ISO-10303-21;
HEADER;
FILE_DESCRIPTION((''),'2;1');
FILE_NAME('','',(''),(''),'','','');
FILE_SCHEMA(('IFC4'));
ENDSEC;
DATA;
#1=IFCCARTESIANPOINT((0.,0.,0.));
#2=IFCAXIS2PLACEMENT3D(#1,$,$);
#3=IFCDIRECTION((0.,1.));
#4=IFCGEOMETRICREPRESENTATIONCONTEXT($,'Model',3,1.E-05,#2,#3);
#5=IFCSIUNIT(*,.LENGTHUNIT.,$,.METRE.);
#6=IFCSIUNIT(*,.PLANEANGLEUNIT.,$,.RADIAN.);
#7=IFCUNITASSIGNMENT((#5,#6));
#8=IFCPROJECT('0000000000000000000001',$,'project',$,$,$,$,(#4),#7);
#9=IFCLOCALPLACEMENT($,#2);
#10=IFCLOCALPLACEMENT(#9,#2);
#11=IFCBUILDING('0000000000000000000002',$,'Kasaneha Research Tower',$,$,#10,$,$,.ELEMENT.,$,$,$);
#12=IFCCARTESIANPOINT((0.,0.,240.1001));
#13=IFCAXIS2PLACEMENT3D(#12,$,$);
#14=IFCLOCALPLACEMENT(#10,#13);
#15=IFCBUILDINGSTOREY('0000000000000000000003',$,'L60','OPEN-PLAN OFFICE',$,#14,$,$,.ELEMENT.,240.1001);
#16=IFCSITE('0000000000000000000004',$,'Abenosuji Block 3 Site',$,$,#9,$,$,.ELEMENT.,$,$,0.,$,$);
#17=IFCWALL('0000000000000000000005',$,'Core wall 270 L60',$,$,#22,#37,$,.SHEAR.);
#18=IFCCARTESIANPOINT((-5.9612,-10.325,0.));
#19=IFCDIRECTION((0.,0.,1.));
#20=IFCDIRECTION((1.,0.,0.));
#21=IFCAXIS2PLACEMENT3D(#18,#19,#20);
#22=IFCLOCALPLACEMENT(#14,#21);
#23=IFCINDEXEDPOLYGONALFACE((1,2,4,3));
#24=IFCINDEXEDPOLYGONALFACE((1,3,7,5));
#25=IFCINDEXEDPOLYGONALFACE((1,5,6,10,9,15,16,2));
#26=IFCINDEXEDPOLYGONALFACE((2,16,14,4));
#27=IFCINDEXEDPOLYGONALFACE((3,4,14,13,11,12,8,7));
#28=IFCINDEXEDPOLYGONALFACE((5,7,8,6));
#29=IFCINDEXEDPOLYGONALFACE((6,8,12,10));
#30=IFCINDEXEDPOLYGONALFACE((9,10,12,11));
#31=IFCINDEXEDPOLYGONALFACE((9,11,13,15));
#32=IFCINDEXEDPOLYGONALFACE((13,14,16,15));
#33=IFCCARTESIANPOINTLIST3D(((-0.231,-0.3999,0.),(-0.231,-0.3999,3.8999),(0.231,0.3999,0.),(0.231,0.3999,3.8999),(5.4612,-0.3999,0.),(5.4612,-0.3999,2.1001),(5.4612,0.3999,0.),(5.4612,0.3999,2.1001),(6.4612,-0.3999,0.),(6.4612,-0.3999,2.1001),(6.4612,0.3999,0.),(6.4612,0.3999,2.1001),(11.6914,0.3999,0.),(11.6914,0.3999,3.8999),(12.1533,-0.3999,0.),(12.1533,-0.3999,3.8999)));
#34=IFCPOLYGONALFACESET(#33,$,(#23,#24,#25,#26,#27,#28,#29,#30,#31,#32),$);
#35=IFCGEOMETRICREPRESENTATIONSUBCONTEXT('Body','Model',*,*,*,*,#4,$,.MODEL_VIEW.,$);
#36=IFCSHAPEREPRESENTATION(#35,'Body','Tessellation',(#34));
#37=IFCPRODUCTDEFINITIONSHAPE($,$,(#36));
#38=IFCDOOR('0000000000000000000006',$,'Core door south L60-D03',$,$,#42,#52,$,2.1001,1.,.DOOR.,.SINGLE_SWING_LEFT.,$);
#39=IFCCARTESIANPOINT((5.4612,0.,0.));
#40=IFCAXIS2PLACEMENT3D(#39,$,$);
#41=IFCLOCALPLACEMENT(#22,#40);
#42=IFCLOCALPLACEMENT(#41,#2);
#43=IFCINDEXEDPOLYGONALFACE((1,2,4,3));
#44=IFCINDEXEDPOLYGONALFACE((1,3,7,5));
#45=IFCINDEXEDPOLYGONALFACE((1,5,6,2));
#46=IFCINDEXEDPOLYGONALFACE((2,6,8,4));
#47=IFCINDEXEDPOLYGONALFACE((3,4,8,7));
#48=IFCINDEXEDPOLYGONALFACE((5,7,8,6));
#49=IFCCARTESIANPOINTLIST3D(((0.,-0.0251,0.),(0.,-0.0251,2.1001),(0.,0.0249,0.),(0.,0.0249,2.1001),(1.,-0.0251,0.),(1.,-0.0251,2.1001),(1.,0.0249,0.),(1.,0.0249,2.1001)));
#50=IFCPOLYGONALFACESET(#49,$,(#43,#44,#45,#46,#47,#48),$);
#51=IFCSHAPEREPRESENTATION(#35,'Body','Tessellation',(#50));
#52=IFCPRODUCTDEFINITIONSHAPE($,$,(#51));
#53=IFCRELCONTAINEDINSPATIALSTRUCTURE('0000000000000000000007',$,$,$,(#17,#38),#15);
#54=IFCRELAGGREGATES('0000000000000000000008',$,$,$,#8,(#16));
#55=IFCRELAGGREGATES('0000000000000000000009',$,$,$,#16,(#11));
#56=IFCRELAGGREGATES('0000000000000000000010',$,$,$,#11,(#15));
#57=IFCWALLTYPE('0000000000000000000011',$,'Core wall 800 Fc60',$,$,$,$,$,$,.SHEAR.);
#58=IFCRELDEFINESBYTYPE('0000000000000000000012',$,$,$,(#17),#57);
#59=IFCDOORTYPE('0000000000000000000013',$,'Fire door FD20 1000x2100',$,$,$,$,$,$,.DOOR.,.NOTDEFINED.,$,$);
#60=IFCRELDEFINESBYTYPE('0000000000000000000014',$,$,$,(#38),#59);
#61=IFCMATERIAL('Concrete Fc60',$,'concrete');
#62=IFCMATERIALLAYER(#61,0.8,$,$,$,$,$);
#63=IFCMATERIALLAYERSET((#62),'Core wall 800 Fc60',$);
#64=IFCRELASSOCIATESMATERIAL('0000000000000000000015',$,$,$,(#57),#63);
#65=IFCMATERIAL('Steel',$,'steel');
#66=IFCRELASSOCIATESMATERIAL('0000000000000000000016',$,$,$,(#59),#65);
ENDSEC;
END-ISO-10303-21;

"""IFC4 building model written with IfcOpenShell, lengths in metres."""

from ifc_helpers import new_model, si_unit, direction, frame, frame_2d, origin, place, context, subcontext, project, spatial, polyline, rectangle, outline, extrude, material, layer, layer_set, type_object, element, fill, save


model = new_model("IFC4")

# Units and contexts
model_context = context("Model", 3, precision=1e-05, world=origin(), true_north=direction((0.0, 1.0)))
body_context = subcontext(model_context, "Body", "Model", "MODEL_VIEW")
ifc_project = project(units=[si_unit("LENGTHUNIT", "METRE"), si_unit("PLANEANGLEUNIT", "RADIAN")], contexts=[model_context])

# Site, building, storey
site_placement = place(None, origin())
site = spatial("IfcSite", under=ifc_project, at=site_placement, Name="Abenosuji Block 3 Site", CompositionType="ELEMENT", RefElevation=0.0)
building_placement = place(site_placement, origin())
building = spatial("IfcBuilding", under=site, at=building_placement, Name="Kasaneha Research Tower", CompositionType="ELEMENT")
storey_placement = place(building_placement, frame((0.0, 0.0, 240.1001)))
storey = spatial("IfcBuildingStorey", under=building, at=storey_placement, Name="L60", Description="OPEN-PLAN OFFICE", CompositionType="ELEMENT", Elevation=240.1001)

# Wall, opening, door
ifc_material_1 = material(Name="Concrete Fc60", Category="concrete")
ifc_layer_1 = layer(ifc_material_1, 0.8)
ifc_layer_set_1 = layer_set([ifc_layer_1], Name="Core wall 800 Fc60")
wall_type_1 = type_object("IfcWallType", Name="Core wall 800 Fc60", PredefinedType="SHEAR", material=ifc_layer_set_1)
wall_1_placement = place(storey_placement, frame((-5.9612, -10.325, 0.0), z_axis=(0.0, 0.0, 1.0), x_axis=(1.0, 0.0, 0.0)))
wall_1 = element("IfcWall", 1, at=wall_1_placement, inside=storey, type_object=wall_type_1, Name="Core wall 270 L60", PredefinedType="SHEAR", context=body_context, shape_type="SweptSolid", body=[
    extrude(outline(polyline([(-0.231, -0.3999), (5.4612, -0.3999), (6.4612, -0.3999), (12.1533, -0.3999), (11.6914, 0.3999), (6.4612, 0.3999), (5.4612, 0.3999), (0.231, 0.3999), (-0.231, -0.3999)])), origin(), (0.0, 0.0, 1.0), 3.8999),
])
opening_1_placement = place(wall_1_placement, frame((5.4612, 0.0, 0.0)))
opening_1 = element("IfcOpeningElement", 2, at=opening_1_placement, cuts=wall_1, PredefinedType="OPENING", context=body_context, shape_type="SweptSolid", body=[
    extrude(rectangle(XDim=1.0, YDim=2.1001, at=frame_2d((0.5, 1.05))), frame((0.0, 0.4102, 0.0), z_axis=(0.0, -1.0, 0.0), x_axis=(1.0, 0.0, 0.0)), (0.0, 0.0, 1.0), 0.8201),
])
ifc_material_2 = material(Name="Steel", Category="steel")
door_type_1 = type_object("IfcDoorType", Name="Fire door FD20 1000x2100", OperationType="NOTDEFINED", PredefinedType="DOOR", material=ifc_material_2)
door_1_placement = place(opening_1_placement, origin())
door_1 = element("IfcDoor", 3, at=door_1_placement, inside=storey, type_object=door_type_1, Name="Core door south L60-D03", OperationType="SINGLE_SWING_LEFT", OverallHeight=2.1001, OverallWidth=1.0, PredefinedType="DOOR", context=body_context, shape_type="SweptSolid", body=[
    extrude(rectangle(XDim=1.0, YDim=2.1001, at=frame_2d((0.5, 1.05))), frame((0.0, 0.0249, 0.0), z_axis=(0.0, -1.0, 0.0), x_axis=(1.0, 0.0, 0.0)), (0.0, 0.0, 1.0), 0.05),
])
fill(opening_1, door_1)

save(model, "model.ifc")
